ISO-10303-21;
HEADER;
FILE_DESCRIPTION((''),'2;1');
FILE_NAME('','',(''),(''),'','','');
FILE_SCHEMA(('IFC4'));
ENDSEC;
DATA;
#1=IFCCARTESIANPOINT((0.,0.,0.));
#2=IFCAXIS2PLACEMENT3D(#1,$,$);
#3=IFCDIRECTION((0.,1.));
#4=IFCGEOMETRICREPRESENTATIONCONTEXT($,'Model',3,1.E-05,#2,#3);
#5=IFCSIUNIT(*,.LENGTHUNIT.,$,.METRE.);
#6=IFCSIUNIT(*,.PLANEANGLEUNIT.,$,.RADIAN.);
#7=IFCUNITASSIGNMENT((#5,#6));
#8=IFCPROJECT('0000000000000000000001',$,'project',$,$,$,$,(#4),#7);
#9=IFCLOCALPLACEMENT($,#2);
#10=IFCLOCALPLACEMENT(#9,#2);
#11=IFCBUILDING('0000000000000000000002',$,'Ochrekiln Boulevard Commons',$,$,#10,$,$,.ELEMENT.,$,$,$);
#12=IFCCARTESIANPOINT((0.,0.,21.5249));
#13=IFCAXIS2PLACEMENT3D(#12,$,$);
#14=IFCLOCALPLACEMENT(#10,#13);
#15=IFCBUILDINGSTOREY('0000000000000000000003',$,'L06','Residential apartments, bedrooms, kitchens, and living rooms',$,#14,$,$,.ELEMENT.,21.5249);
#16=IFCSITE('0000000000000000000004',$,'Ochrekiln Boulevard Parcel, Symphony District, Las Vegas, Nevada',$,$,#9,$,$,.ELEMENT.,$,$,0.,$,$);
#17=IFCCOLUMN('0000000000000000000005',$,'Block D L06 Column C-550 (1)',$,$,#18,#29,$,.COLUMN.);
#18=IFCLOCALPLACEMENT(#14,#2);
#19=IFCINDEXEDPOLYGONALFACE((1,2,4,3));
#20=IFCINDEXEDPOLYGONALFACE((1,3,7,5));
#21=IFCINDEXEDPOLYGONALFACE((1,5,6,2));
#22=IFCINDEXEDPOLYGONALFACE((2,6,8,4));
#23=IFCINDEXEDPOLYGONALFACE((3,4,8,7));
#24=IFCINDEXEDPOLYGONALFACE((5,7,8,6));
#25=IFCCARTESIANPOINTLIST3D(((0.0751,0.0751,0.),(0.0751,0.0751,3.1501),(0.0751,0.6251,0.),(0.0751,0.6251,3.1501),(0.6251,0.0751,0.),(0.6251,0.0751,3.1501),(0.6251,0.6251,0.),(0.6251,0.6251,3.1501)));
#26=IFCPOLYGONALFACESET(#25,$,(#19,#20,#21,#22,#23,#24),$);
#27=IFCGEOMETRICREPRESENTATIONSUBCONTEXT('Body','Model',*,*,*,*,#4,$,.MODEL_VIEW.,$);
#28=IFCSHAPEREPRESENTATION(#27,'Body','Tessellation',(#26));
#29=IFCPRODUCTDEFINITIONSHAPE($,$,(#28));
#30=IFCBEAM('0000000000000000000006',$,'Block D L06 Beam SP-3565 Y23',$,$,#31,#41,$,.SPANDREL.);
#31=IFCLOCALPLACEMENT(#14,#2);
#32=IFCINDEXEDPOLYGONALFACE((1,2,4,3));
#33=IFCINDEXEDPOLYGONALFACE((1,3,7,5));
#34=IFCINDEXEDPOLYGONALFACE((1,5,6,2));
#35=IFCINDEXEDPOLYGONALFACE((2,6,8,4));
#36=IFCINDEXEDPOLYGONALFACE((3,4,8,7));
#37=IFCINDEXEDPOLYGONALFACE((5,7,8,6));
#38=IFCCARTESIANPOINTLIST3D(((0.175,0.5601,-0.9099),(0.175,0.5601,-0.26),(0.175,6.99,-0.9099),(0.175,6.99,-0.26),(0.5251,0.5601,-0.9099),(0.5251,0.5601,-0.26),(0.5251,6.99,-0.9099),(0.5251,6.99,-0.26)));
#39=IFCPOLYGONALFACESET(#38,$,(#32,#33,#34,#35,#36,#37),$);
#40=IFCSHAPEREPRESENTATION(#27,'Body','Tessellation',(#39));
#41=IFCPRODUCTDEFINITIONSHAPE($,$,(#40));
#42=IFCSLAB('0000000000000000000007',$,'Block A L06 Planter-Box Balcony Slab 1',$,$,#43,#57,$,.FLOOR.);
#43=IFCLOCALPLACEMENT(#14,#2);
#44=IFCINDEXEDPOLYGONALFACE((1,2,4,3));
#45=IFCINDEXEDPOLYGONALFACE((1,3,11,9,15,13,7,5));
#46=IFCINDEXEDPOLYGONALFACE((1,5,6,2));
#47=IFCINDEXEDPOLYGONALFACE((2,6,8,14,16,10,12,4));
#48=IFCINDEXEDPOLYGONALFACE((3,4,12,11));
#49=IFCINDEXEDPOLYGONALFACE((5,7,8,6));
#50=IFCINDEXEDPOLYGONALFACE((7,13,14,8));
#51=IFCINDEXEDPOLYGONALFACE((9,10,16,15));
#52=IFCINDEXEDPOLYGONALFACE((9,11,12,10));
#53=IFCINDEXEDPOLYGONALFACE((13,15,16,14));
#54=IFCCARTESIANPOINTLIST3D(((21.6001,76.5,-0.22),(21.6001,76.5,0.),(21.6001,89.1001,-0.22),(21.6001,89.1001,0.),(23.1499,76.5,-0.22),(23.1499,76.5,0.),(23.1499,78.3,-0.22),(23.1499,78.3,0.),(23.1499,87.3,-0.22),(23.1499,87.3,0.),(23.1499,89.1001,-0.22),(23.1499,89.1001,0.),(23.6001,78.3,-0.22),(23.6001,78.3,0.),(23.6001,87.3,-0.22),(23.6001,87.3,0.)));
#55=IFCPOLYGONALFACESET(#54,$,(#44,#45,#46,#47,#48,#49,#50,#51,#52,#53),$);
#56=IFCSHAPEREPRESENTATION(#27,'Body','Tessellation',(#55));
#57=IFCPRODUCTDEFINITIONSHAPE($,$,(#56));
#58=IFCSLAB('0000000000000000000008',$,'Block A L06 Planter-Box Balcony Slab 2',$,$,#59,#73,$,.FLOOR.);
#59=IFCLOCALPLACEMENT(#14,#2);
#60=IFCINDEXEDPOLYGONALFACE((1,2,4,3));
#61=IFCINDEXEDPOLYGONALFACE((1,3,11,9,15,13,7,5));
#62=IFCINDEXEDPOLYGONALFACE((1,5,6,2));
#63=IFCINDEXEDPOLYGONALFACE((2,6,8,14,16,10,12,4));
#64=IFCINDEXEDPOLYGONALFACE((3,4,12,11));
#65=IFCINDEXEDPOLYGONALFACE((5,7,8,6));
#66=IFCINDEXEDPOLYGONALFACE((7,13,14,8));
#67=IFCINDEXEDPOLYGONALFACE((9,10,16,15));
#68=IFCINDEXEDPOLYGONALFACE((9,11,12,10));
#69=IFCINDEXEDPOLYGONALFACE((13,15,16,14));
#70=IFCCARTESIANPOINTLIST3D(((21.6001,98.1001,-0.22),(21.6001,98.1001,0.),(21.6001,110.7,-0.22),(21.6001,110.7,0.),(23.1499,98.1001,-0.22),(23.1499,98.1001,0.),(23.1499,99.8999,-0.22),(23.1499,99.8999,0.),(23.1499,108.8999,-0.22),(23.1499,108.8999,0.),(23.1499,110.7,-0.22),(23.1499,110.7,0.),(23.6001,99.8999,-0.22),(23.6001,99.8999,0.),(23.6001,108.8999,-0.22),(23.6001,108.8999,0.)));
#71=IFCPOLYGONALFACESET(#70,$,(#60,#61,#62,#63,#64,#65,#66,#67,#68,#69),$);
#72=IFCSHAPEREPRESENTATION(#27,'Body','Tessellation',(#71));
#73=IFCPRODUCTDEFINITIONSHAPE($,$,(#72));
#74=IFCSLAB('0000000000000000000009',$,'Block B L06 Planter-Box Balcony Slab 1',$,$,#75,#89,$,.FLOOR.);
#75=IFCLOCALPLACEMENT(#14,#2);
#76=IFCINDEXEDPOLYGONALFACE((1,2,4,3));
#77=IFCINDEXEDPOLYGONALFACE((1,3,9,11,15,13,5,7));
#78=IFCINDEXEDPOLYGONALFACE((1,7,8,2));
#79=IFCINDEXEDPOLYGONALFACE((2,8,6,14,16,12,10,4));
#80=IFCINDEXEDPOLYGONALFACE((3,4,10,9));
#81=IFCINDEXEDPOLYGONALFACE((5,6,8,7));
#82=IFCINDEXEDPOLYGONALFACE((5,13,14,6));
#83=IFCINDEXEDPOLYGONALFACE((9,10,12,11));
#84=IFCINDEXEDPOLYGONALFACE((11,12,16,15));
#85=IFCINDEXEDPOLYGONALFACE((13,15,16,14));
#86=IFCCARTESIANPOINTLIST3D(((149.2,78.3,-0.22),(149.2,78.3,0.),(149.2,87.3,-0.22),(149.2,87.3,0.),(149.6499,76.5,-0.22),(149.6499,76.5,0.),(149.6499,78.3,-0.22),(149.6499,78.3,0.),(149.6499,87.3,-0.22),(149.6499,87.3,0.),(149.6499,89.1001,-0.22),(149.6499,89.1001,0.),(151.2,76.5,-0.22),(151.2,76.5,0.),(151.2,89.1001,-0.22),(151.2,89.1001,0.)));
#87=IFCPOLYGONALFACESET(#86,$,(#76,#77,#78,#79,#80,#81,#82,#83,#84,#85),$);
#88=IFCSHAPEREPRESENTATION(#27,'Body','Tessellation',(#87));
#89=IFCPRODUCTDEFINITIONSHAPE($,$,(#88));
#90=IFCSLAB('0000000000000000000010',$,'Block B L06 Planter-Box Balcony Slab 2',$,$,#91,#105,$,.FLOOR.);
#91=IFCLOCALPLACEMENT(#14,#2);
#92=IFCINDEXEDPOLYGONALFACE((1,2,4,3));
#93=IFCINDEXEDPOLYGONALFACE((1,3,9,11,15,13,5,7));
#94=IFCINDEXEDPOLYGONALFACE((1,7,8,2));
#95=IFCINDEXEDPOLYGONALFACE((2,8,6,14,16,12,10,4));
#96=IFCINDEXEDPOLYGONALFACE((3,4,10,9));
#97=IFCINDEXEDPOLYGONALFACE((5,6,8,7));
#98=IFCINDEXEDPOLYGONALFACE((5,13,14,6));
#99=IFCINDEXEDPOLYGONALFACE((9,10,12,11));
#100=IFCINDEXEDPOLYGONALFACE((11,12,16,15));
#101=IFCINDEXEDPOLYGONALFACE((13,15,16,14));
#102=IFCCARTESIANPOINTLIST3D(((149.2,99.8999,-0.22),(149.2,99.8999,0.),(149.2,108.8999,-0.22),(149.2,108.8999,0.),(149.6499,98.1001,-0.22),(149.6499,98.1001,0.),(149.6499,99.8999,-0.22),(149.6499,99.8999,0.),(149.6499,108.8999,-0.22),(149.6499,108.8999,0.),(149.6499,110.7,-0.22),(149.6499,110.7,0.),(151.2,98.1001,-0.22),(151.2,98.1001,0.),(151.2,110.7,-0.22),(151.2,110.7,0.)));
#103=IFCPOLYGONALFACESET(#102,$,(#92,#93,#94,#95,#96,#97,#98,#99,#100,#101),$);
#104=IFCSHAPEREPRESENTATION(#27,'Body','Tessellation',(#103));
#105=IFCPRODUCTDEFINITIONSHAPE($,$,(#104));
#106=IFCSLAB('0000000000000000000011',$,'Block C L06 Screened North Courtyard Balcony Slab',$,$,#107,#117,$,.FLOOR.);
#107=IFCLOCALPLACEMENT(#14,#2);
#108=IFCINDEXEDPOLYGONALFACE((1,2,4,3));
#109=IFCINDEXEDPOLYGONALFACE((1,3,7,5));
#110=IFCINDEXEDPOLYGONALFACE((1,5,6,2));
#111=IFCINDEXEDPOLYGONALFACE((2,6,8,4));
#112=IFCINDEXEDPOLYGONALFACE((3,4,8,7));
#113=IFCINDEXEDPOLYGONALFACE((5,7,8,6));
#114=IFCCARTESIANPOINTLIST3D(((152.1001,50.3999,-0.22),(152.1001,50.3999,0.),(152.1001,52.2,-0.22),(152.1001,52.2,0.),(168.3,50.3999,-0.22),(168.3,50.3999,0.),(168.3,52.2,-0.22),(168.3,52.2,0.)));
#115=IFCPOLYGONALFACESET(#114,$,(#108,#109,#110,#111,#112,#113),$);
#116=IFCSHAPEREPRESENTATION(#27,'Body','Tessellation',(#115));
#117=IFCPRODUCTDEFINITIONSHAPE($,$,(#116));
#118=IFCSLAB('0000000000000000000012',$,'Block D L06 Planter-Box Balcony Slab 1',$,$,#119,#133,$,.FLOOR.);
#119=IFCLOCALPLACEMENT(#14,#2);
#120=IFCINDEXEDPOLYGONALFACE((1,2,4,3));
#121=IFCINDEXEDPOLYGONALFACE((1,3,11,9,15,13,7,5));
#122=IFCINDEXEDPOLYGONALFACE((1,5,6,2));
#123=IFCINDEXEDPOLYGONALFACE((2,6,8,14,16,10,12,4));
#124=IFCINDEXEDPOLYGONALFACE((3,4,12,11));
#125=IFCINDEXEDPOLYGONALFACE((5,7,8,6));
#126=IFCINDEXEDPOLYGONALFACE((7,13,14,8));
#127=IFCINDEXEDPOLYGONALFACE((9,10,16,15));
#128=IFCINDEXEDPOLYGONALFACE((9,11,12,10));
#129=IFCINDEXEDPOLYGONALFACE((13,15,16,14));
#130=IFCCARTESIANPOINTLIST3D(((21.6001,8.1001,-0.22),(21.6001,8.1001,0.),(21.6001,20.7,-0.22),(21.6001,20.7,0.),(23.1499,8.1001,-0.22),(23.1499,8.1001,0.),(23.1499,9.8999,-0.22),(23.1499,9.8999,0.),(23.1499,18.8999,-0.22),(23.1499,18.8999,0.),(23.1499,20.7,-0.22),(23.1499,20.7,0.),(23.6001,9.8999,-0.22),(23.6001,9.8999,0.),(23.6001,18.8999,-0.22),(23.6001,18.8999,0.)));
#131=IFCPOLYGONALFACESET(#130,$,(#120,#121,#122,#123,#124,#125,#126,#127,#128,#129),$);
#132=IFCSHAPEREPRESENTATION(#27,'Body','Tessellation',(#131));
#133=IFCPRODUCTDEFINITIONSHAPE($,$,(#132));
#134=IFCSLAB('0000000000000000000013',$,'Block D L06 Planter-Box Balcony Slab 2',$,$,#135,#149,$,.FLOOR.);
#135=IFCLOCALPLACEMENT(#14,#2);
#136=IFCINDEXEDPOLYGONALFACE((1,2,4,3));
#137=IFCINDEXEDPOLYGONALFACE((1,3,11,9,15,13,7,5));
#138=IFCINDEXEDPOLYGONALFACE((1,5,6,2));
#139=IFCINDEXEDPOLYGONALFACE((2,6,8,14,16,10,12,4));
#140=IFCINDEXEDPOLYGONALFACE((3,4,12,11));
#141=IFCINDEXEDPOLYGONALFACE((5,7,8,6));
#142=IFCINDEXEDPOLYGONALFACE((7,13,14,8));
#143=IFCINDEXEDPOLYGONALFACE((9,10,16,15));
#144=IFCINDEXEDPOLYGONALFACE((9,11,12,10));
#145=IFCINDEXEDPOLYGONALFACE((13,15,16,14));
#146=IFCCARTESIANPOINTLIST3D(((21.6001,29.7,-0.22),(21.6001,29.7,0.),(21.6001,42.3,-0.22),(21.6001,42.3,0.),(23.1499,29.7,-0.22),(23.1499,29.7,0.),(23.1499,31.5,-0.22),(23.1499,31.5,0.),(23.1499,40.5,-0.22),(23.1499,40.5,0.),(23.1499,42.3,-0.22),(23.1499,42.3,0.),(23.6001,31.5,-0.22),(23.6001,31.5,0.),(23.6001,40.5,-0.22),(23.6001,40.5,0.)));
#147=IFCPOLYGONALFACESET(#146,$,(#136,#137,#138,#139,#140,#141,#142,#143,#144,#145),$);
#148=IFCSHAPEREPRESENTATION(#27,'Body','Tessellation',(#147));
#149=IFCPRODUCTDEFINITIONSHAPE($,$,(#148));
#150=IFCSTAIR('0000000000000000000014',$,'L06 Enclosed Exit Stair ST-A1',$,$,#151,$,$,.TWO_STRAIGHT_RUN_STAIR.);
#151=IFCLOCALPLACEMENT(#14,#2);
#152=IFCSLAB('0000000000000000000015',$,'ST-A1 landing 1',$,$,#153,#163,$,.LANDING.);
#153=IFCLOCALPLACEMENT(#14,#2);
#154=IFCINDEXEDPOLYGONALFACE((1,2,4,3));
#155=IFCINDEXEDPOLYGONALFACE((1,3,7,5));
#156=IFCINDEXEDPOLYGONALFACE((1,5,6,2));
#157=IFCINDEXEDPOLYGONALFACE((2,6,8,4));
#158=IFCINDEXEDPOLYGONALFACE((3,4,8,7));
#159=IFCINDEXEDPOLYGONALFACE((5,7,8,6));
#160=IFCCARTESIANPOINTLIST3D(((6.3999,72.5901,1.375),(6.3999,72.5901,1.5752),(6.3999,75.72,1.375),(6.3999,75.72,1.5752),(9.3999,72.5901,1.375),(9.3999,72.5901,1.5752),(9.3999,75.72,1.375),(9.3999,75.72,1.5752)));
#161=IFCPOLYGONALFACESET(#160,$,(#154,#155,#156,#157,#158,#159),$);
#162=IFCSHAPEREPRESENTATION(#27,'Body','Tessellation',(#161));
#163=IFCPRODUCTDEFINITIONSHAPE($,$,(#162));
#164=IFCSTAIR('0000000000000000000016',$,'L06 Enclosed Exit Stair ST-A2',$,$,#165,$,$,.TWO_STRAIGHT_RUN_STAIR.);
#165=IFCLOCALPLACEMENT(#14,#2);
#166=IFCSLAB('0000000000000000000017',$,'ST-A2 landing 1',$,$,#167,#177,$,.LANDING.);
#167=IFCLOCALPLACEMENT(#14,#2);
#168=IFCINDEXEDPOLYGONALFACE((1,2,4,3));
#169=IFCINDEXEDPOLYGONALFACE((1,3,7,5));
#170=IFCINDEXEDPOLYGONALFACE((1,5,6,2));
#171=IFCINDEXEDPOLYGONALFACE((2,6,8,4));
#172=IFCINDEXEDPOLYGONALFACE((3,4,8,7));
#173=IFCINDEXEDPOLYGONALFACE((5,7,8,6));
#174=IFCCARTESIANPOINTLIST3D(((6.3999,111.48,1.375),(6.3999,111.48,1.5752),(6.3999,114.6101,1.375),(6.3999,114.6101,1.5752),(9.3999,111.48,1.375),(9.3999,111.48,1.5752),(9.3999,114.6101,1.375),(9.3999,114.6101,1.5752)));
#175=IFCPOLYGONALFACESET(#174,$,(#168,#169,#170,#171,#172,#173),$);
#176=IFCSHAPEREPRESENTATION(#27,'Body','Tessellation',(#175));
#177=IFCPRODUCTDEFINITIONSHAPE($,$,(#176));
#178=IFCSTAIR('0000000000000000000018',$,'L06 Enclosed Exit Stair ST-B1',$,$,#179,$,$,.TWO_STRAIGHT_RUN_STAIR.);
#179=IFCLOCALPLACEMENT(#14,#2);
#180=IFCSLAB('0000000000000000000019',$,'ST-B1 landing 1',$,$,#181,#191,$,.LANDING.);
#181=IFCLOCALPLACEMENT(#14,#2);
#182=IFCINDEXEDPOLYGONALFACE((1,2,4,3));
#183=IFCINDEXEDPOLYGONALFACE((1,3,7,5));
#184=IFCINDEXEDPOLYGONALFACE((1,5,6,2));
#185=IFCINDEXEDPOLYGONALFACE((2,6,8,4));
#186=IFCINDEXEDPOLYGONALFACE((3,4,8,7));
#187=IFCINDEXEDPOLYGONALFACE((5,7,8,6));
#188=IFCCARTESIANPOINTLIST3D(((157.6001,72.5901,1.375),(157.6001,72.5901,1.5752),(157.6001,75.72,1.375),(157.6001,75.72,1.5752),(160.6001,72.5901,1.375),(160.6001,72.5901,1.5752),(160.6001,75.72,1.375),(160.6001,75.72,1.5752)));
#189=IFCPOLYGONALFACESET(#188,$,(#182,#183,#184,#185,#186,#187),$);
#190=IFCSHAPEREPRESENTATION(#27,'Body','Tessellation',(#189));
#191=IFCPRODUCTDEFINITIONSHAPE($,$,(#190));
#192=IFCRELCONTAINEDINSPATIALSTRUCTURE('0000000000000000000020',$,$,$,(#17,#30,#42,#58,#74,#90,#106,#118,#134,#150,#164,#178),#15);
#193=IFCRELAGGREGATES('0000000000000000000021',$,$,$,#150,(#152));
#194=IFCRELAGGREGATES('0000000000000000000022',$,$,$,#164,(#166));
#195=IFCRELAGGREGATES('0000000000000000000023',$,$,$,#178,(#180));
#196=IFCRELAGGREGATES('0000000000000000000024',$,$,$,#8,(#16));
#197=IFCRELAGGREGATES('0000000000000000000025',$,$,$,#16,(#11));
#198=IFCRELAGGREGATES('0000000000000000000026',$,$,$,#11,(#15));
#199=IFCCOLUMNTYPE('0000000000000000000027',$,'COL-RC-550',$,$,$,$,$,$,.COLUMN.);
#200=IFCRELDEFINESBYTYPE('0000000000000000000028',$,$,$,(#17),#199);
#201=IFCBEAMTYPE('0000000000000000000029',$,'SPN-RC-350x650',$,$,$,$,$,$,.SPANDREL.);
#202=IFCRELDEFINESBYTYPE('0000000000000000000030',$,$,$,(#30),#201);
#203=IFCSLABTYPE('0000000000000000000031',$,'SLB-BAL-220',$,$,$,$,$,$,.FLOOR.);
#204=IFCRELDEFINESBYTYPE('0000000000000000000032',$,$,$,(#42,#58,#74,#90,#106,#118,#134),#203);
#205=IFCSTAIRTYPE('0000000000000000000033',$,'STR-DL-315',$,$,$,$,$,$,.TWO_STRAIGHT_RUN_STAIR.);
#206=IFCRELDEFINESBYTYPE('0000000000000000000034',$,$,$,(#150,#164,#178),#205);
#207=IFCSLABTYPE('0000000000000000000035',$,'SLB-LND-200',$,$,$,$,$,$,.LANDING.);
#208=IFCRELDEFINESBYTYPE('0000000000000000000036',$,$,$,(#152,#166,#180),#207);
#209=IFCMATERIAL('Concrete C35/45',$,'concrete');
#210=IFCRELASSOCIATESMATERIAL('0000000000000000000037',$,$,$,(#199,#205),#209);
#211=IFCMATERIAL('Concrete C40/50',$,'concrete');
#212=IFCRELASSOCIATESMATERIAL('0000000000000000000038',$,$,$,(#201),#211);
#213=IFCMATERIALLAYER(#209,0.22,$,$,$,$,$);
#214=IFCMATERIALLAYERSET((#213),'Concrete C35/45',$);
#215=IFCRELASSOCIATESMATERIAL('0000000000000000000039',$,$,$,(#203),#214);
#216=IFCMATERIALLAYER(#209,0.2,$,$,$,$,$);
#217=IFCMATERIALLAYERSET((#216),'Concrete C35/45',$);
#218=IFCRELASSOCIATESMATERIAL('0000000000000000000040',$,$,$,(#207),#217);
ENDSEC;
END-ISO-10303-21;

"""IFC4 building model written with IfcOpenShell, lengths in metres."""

from ifc_helpers import new_model, si_unit, direction, frame, origin, origin_2d, place, context, subcontext, project, spatial, polyline, rectangle, outline, extrude, material, layer, layer_set, material_profile, profile_set, type_object, element, aggregate, save


model = new_model("IFC4")

# Units and contexts
model_context = context("Model", 3, precision=1e-05, world=origin(), true_north=direction((0.0, 1.0)))
body_context = subcontext(model_context, "Body", "Model", "MODEL_VIEW")
ifc_project = project(units=[si_unit("LENGTHUNIT", "METRE"), si_unit("PLANEANGLEUNIT", "RADIAN")], contexts=[model_context])

# Site, building, storey
site_placement = place(None, origin())
site = spatial("IfcSite", under=ifc_project, at=site_placement, Name="Ochrekiln Boulevard Parcel, Symphony District, Las Vegas, Nevada", CompositionType="ELEMENT", RefElevation=0.0)
building_placement = place(site_placement, origin())
building = spatial("IfcBuilding", under=site, at=building_placement, Name="Ochrekiln Boulevard Commons", CompositionType="ELEMENT")
storey_placement = place(building_placement, frame((0.0, 0.0, 21.5249)))
storey = spatial("IfcBuildingStorey", under=building, at=storey_placement, Name="L06", Description="Residential apartments, bedrooms, kitchens, and living rooms", CompositionType="ELEMENT", Elevation=21.5249)

# Column
ifc_material_1 = material(Name="Concrete C35/45", Category="concrete")
ifc_material_profile_1 = material_profile(ifc_material_1, rectangle(XDim=0.55, YDim=0.55, at=origin_2d()), Name="RC-COL-550x550")
ifc_profile_set_1 = profile_set([ifc_material_profile_1], Name="Concrete C35/45")
column_type = type_object("IfcColumnType", Name="COL-RC-550", PredefinedType="COLUMN", material=ifc_profile_set_1)
column_placement = place(storey_placement, frame((0.3501, 0.3501, 0.0), z_axis=(0.0, 0.0, 1.0), x_axis=(1.0, 0.0, 0.0)))
element("IfcColumn", 1, at=column_placement, inside=storey, type_object=column_type, Name="Block D L06 Column C-550 (1)", PredefinedType="COLUMN", context=body_context, shape_type="SweptSolid", body=[
    extrude(rectangle(XDim=0.55, YDim=0.55, at=origin_2d()), origin(), (0.0, 0.0, 1.0), 3.1501),
])

# Beam
ifc_material_2 = material(Name="Concrete C40/50", Category="concrete")
ifc_material_profile_2 = material_profile(ifc_material_2, rectangle(XDim=0.3501, YDim=0.6499, at=origin_2d()), Name="RC-SPN-350x650")
ifc_profile_set_2 = profile_set([ifc_material_profile_2], Name="Concrete C40/50")
beam_type = type_object("IfcBeamType", Name="SPN-RC-350x650", PredefinedType="SPANDREL", material=ifc_profile_set_2)
beam_placement = place(storey_placement, frame((0.3501, 0.5601, -0.585), z_axis=(0.0, 1.0, 0.0), x_axis=(-1.0, 0.0, 0.0)))
element("IfcBeam", 2, at=beam_placement, inside=storey, type_object=beam_type, Name="Block D L06 Beam SP-3565 Y23", PredefinedType="SPANDREL", context=body_context, shape_type="SweptSolid", body=[
    extrude(rectangle(XDim=0.3501, YDim=0.6499, at=origin_2d()), origin(), (0.0, 0.0, 1.0), 6.4299),
])

# Slabs
ifc_layer_1 = layer(ifc_material_1, 0.22)
ifc_layer_set_1 = layer_set([ifc_layer_1], Name="Concrete C35/45")
slab_type_1 = type_object("IfcSlabType", Name="SLB-BAL-220", PredefinedType="FLOOR", material=ifc_layer_set_1)
slab_1_placement = place(storey_placement, frame((0.0, 0.0, -0.22)))
element("IfcSlab", 3, at=slab_1_placement, inside=storey, type_object=slab_type_1, Name="Block A L06 Planter-Box Balcony Slab 1", PredefinedType="FLOOR", context=body_context, shape_type="SweptSolid", body=[
    extrude(outline(polyline([(21.6001, 76.5), (23.1499, 76.5), (23.1499, 78.3), (23.6001, 78.3), (23.6001, 87.3), (23.1499, 87.3), (23.1499, 89.1001), (21.6001, 89.1001), (21.6001, 76.5)])), origin(), (0.0, 0.0, 1.0), 0.22),
])
slab_2_placement = place(storey_placement, frame((0.0, 0.0, -0.22)))
element("IfcSlab", 4, at=slab_2_placement, inside=storey, type_object=slab_type_1, Name="Block A L06 Planter-Box Balcony Slab 2", PredefinedType="FLOOR", context=body_context, shape_type="SweptSolid", body=[
    extrude(outline(polyline([(21.6001, 98.1001), (23.1499, 98.1001), (23.1499, 99.8999), (23.6001, 99.8999), (23.6001, 108.8999), (23.1499, 108.8999), (23.1499, 110.7), (21.6001, 110.7), (21.6001, 98.1001)])), origin(), (0.0, 0.0, 1.0), 0.22),
])
slab_3_placement = place(storey_placement, frame((0.0, 0.0, -0.22)))
element("IfcSlab", 5, at=slab_3_placement, inside=storey, type_object=slab_type_1, Name="Block B L06 Planter-Box Balcony Slab 1", PredefinedType="FLOOR", context=body_context, shape_type="SweptSolid", body=[
    extrude(outline(polyline([(151.2, 76.5), (151.2, 89.1001), (149.6499, 89.1001), (149.6499, 87.3), (149.2, 87.3), (149.2, 78.3), (149.6499, 78.3), (149.6499, 76.5), (151.2, 76.5)])), origin(), (0.0, 0.0, 1.0), 0.22),
])
slab_4_placement = place(storey_placement, frame((0.0, 0.0, -0.22)))
element("IfcSlab", 6, at=slab_4_placement, inside=storey, type_object=slab_type_1, Name="Block B L06 Planter-Box Balcony Slab 2", PredefinedType="FLOOR", context=body_context, shape_type="SweptSolid", body=[
    extrude(outline(polyline([(151.2, 98.1001), (151.2, 110.7), (149.6499, 110.7), (149.6499, 108.8999), (149.2, 108.8999), (149.2, 99.8999), (149.6499, 99.8999), (149.6499, 98.1001), (151.2, 98.1001)])), origin(), (0.0, 0.0, 1.0), 0.22),
])
slab_5_placement = place(storey_placement, frame((0.0, 0.0, -0.22)))
element("IfcSlab", 7, at=slab_5_placement, inside=storey, type_object=slab_type_1, Name="Block C L06 Screened North Courtyard Balcony Slab", PredefinedType="FLOOR", context=body_context, shape_type="SweptSolid", body=[
    extrude(outline(polyline([(152.1001, 50.3999), (168.3, 50.3999), (168.3, 52.2), (152.1001, 52.2), (152.1001, 50.3999)])), origin(), (0.0, 0.0, 1.0), 0.22),
])
slab_6_placement = place(storey_placement, frame((0.0, 0.0, -0.22)))
element("IfcSlab", 8, at=slab_6_placement, inside=storey, type_object=slab_type_1, Name="Block D L06 Planter-Box Balcony Slab 1", PredefinedType="FLOOR", context=body_context, shape_type="SweptSolid", body=[
    extrude(outline(polyline([(21.6001, 8.1001), (23.1499, 8.1001), (23.1499, 9.8999), (23.6001, 9.8999), (23.6001, 18.8999), (23.1499, 18.8999), (23.1499, 20.7), (21.6001, 20.7), (21.6001, 8.1001)])), origin(), (0.0, 0.0, 1.0), 0.22),
])
slab_7_placement = place(storey_placement, frame((0.0, 0.0, -0.22)))
element("IfcSlab", 9, at=slab_7_placement, inside=storey, type_object=slab_type_1, Name="Block D L06 Planter-Box Balcony Slab 2", PredefinedType="FLOOR", context=body_context, shape_type="SweptSolid", body=[
    extrude(outline(polyline([(21.6001, 29.7), (23.1499, 29.7), (23.1499, 31.5), (23.6001, 31.5), (23.6001, 40.5), (23.1499, 40.5), (23.1499, 42.3), (21.6001, 42.3), (21.6001, 29.7)])), origin(), (0.0, 0.0, 1.0), 0.22),
])

# Stairs, slabs
stair_type = type_object("IfcStairType", Name="STR-DL-315", PredefinedType="TWO_STRAIGHT_RUN_STAIR", material=ifc_material_1)
stair_1_placement = place(storey_placement, origin())
stair_1 = element("IfcStair", 10, at=stair_1_placement, inside=storey, type_object=stair_type, Name="L06 Enclosed Exit Stair ST-A1", PredefinedType="TWO_STRAIGHT_RUN_STAIR")
ifc_layer_2 = layer(ifc_material_1, 0.2)
ifc_layer_set_2 = layer_set([ifc_layer_2], Name="Concrete C35/45")
slab_type_2 = type_object("IfcSlabType", Name="SLB-LND-200", PredefinedType="LANDING", material=ifc_layer_set_2)
slab_8_placement = place(storey_placement, frame((0.0, 0.0, 1.375)))
slab_8 = element("IfcSlab", 11, at=slab_8_placement, type_object=slab_type_2, Name="ST-A1 landing 1", PredefinedType="LANDING", context=body_context, shape_type="SweptSolid", body=[
    extrude(outline(polyline([(9.3999, 72.5901), (9.3999, 75.72), (6.3999, 75.72), (6.3999, 72.5901), (9.3999, 72.5901)])), origin(), (0.0, 0.0, 1.0), 0.2002),
])
aggregate(stair_1, [slab_8])
stair_2_placement = place(storey_placement, origin())
stair_2 = element("IfcStair", 12, at=stair_2_placement, inside=storey, type_object=stair_type, Name="L06 Enclosed Exit Stair ST-A2", PredefinedType="TWO_STRAIGHT_RUN_STAIR")
slab_9_placement = place(storey_placement, frame((0.0, 0.0, 1.375)))
slab_9 = element("IfcSlab", 13, at=slab_9_placement, type_object=slab_type_2, Name="ST-A2 landing 1", PredefinedType="LANDING", context=body_context, shape_type="SweptSolid", body=[
    extrude(outline(polyline([(6.3999, 114.6101), (6.3999, 111.48), (9.3999, 111.48), (9.3999, 114.6101), (6.3999, 114.6101)])), origin(), (0.0, 0.0, 1.0), 0.2002),
])
aggregate(stair_2, [slab_9])
stair_3_placement = place(storey_placement, origin())
stair_3 = element("IfcStair", 14, at=stair_3_placement, inside=storey, type_object=stair_type, Name="L06 Enclosed Exit Stair ST-B1", PredefinedType="TWO_STRAIGHT_RUN_STAIR")
slab_10_placement = place(storey_placement, frame((0.0, 0.0, 1.375)))
slab_10 = element("IfcSlab", 15, at=slab_10_placement, type_object=slab_type_2, Name="ST-B1 landing 1", PredefinedType="LANDING", context=body_context, shape_type="SweptSolid", body=[
    extrude(outline(polyline([(160.6001, 72.5901), (160.6001, 75.72), (157.6001, 75.72), (157.6001, 72.5901), (160.6001, 72.5901)])), origin(), (0.0, 0.0, 1.0), 0.2002),
])
aggregate(stair_3, [slab_10])

save(model, "model.ifc")
